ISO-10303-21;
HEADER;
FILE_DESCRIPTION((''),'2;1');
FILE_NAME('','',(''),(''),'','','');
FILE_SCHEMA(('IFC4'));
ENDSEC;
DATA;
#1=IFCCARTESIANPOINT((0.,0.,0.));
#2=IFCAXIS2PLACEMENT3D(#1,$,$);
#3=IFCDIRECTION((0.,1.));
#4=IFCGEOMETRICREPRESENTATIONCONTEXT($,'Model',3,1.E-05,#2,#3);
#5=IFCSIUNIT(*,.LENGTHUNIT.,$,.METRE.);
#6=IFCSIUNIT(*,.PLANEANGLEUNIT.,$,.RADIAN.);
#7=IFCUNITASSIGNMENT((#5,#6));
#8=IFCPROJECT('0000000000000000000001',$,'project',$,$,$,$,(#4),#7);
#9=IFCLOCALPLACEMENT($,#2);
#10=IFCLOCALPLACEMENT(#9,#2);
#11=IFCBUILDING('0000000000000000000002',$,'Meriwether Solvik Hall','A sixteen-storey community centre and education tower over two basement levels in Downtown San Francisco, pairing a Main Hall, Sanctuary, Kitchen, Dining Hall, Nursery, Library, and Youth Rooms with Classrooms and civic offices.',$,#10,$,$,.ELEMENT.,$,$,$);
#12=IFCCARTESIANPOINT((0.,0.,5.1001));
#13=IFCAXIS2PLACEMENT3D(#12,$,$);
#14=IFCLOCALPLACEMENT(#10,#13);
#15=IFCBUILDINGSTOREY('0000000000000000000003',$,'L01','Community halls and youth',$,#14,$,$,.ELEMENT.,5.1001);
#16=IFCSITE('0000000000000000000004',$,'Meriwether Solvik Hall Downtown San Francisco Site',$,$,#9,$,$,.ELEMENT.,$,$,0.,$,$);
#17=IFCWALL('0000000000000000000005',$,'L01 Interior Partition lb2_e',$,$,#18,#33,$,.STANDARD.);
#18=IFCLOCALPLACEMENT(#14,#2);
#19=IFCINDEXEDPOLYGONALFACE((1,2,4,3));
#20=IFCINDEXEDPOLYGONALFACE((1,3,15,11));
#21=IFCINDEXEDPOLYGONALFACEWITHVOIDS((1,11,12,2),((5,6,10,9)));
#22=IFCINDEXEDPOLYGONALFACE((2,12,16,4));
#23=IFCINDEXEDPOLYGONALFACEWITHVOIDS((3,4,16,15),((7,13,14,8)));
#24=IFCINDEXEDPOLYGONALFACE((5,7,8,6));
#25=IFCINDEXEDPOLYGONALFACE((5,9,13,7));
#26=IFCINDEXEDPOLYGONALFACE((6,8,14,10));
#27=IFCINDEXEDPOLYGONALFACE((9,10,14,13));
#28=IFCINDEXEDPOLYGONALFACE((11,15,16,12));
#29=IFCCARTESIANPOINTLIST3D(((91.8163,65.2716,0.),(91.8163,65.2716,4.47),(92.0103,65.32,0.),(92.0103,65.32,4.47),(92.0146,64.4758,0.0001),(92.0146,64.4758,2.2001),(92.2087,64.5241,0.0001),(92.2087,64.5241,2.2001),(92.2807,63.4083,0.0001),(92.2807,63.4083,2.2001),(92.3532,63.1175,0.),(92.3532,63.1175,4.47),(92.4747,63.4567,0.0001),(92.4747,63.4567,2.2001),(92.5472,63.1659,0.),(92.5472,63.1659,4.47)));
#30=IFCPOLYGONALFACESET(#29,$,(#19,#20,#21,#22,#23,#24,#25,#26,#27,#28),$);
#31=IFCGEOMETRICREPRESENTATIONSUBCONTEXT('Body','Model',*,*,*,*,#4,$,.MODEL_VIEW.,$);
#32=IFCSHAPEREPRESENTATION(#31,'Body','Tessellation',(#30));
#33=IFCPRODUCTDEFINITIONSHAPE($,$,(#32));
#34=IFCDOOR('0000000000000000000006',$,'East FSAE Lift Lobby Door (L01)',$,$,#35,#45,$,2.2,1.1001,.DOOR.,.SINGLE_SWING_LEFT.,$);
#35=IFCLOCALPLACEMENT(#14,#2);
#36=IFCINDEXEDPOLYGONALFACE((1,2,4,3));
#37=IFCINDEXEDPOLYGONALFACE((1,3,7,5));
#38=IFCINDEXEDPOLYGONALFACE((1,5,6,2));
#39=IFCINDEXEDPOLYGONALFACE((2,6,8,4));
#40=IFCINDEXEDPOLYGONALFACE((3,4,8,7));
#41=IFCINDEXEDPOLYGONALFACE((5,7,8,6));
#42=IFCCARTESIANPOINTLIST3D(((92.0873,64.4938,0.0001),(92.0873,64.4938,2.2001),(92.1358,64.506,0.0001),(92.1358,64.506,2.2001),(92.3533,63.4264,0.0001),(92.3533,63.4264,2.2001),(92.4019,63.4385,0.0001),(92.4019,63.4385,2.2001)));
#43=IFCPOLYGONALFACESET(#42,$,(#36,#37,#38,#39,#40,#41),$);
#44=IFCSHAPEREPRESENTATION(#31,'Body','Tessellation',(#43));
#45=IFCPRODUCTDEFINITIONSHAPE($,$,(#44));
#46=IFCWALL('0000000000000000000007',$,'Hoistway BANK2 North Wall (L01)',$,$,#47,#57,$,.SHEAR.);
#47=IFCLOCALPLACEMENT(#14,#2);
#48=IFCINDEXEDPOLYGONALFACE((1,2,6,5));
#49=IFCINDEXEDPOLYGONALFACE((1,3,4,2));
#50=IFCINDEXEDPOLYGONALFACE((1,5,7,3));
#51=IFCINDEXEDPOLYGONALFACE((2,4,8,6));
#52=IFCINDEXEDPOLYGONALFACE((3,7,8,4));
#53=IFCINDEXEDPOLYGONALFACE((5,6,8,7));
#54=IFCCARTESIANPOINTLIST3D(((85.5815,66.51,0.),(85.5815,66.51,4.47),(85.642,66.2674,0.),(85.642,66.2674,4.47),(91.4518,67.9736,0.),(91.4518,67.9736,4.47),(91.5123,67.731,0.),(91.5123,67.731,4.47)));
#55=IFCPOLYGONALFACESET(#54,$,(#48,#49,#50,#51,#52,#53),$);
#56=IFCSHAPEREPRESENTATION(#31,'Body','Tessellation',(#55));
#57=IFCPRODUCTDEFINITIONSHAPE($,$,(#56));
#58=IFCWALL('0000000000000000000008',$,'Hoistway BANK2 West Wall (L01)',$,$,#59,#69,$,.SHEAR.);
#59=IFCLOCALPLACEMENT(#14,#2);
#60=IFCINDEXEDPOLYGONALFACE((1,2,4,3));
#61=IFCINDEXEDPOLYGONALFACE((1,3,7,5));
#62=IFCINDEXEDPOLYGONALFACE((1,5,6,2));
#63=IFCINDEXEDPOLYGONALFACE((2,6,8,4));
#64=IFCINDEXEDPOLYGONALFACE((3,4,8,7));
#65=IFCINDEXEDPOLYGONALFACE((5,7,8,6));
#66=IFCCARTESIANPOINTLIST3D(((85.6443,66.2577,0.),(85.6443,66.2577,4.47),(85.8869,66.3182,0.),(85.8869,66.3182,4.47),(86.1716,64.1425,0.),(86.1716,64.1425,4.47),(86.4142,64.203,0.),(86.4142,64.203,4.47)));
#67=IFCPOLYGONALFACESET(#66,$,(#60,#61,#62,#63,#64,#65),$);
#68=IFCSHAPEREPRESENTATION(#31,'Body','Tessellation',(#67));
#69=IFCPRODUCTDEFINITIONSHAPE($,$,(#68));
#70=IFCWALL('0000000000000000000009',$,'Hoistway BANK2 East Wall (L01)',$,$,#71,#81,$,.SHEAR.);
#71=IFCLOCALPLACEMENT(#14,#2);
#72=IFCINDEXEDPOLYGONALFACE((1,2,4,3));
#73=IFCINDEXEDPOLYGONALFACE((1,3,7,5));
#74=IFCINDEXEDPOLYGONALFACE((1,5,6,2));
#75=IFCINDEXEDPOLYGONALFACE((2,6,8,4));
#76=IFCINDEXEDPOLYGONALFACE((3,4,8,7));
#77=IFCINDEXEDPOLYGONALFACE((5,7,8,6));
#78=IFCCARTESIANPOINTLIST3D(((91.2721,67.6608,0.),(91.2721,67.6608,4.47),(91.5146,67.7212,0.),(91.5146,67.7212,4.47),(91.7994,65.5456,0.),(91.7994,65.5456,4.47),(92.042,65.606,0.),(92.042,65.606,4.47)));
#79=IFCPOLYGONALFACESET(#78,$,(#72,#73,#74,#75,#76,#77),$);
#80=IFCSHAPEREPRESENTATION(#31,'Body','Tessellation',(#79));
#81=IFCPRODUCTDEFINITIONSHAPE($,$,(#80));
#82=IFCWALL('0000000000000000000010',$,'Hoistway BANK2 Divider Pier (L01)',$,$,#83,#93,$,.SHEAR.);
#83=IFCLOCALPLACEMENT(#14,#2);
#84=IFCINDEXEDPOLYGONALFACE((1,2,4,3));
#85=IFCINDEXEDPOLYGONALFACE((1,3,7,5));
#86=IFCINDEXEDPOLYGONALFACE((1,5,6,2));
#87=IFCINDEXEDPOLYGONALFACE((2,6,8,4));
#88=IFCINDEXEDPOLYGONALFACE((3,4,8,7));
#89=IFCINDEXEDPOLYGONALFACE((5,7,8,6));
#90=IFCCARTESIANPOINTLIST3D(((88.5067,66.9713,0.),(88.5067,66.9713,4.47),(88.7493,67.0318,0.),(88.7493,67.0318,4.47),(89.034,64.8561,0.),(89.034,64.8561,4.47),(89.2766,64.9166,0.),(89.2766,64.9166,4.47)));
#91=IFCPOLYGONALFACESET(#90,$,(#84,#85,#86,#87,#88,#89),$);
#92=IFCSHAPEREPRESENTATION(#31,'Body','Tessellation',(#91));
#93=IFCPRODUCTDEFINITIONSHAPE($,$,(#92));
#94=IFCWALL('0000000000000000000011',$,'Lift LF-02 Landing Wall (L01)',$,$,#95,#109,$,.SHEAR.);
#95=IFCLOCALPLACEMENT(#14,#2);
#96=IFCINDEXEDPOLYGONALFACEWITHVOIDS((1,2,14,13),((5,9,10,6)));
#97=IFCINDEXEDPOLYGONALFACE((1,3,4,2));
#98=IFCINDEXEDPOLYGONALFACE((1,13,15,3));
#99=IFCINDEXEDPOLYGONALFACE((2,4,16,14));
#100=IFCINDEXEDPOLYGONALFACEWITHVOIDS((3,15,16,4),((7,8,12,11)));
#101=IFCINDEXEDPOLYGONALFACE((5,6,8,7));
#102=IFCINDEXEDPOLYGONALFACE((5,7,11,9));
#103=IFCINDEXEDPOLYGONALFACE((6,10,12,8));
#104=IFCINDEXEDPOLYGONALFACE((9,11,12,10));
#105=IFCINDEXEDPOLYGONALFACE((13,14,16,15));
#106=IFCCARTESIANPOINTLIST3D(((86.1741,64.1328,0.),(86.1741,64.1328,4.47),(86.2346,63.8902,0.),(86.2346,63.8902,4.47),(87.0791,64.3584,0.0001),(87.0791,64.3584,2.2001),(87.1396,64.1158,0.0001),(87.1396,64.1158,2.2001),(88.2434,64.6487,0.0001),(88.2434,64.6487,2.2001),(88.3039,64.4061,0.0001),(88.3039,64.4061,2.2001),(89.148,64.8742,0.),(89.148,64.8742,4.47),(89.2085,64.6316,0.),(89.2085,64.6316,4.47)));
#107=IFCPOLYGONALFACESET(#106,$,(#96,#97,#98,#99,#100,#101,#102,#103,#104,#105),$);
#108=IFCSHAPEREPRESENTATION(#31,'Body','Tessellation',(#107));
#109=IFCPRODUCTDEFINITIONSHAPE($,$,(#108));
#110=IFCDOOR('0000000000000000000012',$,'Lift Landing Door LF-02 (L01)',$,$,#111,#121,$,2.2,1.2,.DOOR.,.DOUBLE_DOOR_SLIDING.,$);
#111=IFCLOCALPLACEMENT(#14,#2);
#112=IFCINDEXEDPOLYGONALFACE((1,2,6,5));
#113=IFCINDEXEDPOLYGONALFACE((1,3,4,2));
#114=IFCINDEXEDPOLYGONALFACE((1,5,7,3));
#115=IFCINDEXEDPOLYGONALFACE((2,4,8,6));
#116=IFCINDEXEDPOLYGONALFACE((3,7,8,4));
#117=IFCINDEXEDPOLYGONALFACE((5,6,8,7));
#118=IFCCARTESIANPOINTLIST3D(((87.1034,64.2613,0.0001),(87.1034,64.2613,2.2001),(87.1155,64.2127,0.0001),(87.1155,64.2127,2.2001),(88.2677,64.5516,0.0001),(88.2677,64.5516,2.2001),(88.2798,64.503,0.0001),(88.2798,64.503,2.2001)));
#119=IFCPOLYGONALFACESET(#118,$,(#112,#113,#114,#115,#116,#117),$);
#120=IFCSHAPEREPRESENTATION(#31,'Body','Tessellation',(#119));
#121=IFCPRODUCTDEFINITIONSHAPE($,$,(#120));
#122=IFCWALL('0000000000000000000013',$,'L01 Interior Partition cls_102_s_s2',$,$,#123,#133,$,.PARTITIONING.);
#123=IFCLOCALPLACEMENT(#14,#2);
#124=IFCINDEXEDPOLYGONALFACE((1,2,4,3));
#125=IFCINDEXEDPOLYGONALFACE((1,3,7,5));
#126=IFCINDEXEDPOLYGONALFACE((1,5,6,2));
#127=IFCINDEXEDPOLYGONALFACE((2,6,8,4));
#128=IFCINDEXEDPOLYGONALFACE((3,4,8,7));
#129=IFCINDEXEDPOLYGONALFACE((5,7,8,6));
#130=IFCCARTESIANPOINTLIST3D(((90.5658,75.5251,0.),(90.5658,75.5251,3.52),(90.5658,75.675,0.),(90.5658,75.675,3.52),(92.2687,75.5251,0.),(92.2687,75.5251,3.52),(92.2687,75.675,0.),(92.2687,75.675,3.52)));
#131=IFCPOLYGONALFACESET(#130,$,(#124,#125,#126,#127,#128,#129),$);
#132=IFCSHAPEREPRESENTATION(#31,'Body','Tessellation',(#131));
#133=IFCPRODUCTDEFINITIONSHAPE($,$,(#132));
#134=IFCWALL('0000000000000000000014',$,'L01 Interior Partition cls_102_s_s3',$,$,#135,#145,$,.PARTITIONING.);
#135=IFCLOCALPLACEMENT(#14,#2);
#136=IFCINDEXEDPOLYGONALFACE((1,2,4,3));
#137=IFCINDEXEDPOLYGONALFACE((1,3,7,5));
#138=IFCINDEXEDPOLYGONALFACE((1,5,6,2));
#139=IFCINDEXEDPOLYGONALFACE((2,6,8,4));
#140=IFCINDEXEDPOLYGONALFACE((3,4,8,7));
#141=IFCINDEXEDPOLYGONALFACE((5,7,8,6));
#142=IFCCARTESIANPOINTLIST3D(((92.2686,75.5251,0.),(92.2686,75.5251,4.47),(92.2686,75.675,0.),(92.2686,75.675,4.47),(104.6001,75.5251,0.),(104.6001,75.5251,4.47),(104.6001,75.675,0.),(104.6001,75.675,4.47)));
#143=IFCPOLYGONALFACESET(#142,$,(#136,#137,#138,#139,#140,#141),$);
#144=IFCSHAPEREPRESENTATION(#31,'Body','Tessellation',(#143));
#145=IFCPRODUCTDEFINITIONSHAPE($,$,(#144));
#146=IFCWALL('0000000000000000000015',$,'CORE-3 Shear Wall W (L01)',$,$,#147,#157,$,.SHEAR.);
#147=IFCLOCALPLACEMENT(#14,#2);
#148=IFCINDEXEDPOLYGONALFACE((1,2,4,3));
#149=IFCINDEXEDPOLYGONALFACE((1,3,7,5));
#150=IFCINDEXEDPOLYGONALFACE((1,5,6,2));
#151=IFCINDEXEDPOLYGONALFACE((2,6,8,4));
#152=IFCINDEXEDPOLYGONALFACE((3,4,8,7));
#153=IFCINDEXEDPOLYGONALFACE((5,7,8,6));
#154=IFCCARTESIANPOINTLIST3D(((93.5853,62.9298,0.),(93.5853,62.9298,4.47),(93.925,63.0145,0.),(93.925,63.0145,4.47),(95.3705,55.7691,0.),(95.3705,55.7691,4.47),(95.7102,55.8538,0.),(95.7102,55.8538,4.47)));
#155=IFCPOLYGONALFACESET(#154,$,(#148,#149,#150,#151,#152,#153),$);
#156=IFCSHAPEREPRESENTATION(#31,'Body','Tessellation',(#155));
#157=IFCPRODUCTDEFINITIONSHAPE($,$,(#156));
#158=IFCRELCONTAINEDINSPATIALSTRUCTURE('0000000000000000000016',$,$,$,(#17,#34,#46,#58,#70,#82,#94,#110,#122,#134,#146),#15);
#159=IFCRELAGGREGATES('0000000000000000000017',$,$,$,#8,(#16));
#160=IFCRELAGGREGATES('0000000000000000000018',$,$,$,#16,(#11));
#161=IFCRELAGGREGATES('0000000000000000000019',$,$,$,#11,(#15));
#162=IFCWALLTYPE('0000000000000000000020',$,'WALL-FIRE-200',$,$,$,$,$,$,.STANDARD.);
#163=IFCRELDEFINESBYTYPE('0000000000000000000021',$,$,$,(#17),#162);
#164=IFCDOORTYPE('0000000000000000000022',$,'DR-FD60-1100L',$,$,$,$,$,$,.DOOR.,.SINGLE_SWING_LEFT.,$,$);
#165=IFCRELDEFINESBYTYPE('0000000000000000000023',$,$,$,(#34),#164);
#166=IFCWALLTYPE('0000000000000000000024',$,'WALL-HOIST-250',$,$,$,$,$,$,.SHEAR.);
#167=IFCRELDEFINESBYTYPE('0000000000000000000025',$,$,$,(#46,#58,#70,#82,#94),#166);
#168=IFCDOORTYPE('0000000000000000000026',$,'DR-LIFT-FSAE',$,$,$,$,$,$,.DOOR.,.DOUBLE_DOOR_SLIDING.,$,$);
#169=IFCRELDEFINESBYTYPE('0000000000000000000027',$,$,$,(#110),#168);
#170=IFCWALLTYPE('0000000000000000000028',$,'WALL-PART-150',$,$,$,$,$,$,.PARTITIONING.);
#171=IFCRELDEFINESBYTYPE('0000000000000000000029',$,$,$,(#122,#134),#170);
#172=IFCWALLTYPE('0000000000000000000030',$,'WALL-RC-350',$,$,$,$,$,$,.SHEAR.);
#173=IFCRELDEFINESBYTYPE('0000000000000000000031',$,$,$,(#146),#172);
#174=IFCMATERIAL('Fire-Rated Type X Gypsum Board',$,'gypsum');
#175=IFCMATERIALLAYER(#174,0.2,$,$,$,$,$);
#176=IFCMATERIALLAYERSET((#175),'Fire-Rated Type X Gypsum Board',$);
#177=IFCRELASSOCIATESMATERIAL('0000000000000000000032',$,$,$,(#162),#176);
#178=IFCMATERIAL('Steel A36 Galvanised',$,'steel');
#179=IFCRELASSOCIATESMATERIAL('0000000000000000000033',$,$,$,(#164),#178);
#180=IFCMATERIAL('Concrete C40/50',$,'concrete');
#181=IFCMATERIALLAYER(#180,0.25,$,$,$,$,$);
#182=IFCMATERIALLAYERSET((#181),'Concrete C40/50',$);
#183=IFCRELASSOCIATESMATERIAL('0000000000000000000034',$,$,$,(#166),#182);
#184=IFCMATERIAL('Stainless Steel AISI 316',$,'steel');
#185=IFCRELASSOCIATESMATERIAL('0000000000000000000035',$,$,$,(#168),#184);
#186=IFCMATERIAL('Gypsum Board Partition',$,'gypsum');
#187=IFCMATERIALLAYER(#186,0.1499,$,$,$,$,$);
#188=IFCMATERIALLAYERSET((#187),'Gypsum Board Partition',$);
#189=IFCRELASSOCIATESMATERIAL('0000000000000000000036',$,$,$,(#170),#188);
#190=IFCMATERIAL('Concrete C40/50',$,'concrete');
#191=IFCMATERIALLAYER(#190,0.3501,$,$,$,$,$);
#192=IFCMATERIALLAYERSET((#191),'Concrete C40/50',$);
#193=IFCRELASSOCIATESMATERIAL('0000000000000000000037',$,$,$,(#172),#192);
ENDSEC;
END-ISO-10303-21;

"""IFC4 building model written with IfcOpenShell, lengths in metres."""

from ifc_helpers import new_model, si_unit, direction, frame, frame_2d, origin, place, context, subcontext, project, spatial, rectangle, extrude, material, layer, layer_set, type_object, element, fill, save


model = new_model("IFC4")

# Units and contexts
model_context = context("Model", 3, precision=1e-05, world=origin(), true_north=direction((0.0, 1.0)))
body_context = subcontext(model_context, "Body", "Model", "MODEL_VIEW")
ifc_project = project(units=[si_unit("LENGTHUNIT", "METRE"), si_unit("PLANEANGLEUNIT", "RADIAN")], contexts=[model_context])

# Site, building, storey
site_placement = place(None, origin())
site = spatial("IfcSite", under=ifc_project, at=site_placement, Name="Meriwether Solvik Hall Downtown San Francisco Site", CompositionType="ELEMENT", RefElevation=0.0)
building_placement = place(site_placement, origin())
building = spatial("IfcBuilding", under=site, at=building_placement, Name="Meriwether Solvik Hall", Description="A sixteen-storey community centre and education tower over two basement levels in Downtown San Francisco, pairing a Main Hall, Sanctuary, Kitchen, Dining Hall, Nursery, Library, and Youth Rooms with Classrooms and civic offices.", CompositionType="ELEMENT")
storey_placement = place(building_placement, frame((0.0, 0.0, 5.1001)))
storey = spatial("IfcBuildingStorey", under=building, at=storey_placement, Name="L01", Description="Community halls and youth", CompositionType="ELEMENT", Elevation=5.1001)

# Shared definitions
ifc_material_1 = material(Name="Fire-Rated Type X Gypsum Board", Category="gypsum")
ifc_layer_1 = layer(ifc_material_1, 0.2)
ifc_layer_set_1 = layer_set([ifc_layer_1], Name="Fire-Rated Type X Gypsum Board")
wall_type_1 = type_object("IfcWallType", Name="WALL-FIRE-200", PredefinedType="STANDARD", material=ifc_layer_set_1)

# Wall, opening, door
wall_1_placement = place(storey_placement, frame((91.9133, 65.2957, 0.0), z_axis=(0.0, 0.0, 1.0), x_axis=(0.241837, -0.970317, 0.0)))
wall_1 = element("IfcWall", 1, at=wall_1_placement, inside=storey, type_object=wall_type_1, Name="L01 Interior Partition lb2_e", PredefinedType="STANDARD", context=body_context, shape_type="SweptSolid", body=[
    extrude(rectangle(XDim=2.22, YDim=0.2, at=frame_2d((1.1099, 0.0))), origin(), (0.0, 0.0, 1.0), 4.47),
])
opening_1_placement = place(wall_1_placement, frame((0.8201, 0.0, 0.0)))
opening_1 = element("IfcOpeningElement", 2, at=opening_1_placement, cuts=wall_1, PredefinedType="OPENING", context=body_context, shape_type="SweptSolid", body=[
    extrude(rectangle(XDim=1.1001, YDim=2.2, at=frame_2d((0.55, 1.1001))), frame((0.0, 0.1118, 0.0), z_axis=(0.0, -1.0, 0.0), x_axis=(1.0, 0.0, 0.0)), (0.0, 0.0, 1.0), 0.2239),
])
ifc_material_2 = material(Name="Steel A36 Galvanised", Category="steel")
door_type_1 = type_object("IfcDoorType", Name="DR-FD60-1100L", OperationType="SINGLE_SWING_LEFT", PredefinedType="DOOR", material=ifc_material_2)
door_1_placement = place(opening_1_placement, origin())
door_1 = element("IfcDoor", 3, at=door_1_placement, inside=storey, type_object=door_type_1, Name="East FSAE Lift Lobby Door (L01)", OperationType="SINGLE_SWING_LEFT", OverallHeight=2.2, OverallWidth=1.1001, PredefinedType="DOOR", context=body_context, shape_type="SweptSolid", body=[
    extrude(rectangle(XDim=1.1001, YDim=2.2, at=frame_2d((0.55, 1.1001))), frame((0.0, 0.0249, 0.0), z_axis=(0.0, -1.0, 0.0), x_axis=(1.0, 0.0, 0.0)), (0.0, 0.0, 1.0), 0.05),
])
fill(opening_1, door_1)

# Walls
ifc_material_3 = material(Name="Concrete C40/50", Category="concrete")
ifc_layer_2 = layer(ifc_material_3, 0.25)
ifc_layer_set_2 = layer_set([ifc_layer_2], Name="Concrete C40/50")
wall_type_2 = type_object("IfcWallType", Name="WALL-HOIST-250", PredefinedType="SHEAR", material=ifc_layer_set_2)
wall_2_placement = place(storey_placement, frame((91.4819, 67.8523, 0.0), z_axis=(0.0, 0.0, 1.0), x_axis=(-0.970297, -0.241918, 0.0)))
element("IfcWall", 4, at=wall_2_placement, inside=storey, type_object=wall_type_2, Name="Hoistway BANK2 North Wall (L01)", PredefinedType="SHEAR", context=body_context, shape_type="SweptSolid", body=[
    extrude(rectangle(XDim=6.05, YDim=0.25, at=frame_2d((3.0249, 0.0))), origin(), (0.0, 0.0, 1.0), 4.47),
])
for number, where, z_axis, x_axis, name in (
    (5, (85.7656, 66.2878, 0.0), (0.0, 0.0, 1.0), (0.241903, -0.9703, 0.0), "Hoistway BANK2 West Wall (L01)"),
    (6, (91.9207, 65.5759, 0.0), (0.0, 0.0, 1.0), (-0.241903, 0.9703, 0.0), "Hoistway BANK2 East Wall (L01)"),
    (7, (89.1553, 64.8865, 0.0), (0.0, 0.0, 1.0), (-0.241903, 0.9703, 0.0), "Hoistway BANK2 Divider Pier (L01)"),
):
    element("IfcWall", number, at=place(storey_placement, frame(where, z_axis=z_axis, x_axis=x_axis)), inside=storey, type_object=wall_type_2, Name=name, PredefinedType="SHEAR", context=body_context, shape_type="SweptSolid", body=[
        extrude(rectangle(XDim=2.1799, YDim=0.25, at=frame_2d((1.0898, 0.0))), origin(), (0.0, 0.0, 1.0), 4.47),
    ])

# Wall, opening, door
wall_3_placement = place(storey_placement, frame((86.2043, 64.0115, 0.0), z_axis=(0.0, 0.0, 1.0), x_axis=(0.970297, 0.241917, 0.0)))
wall_3 = element("IfcWall", 8, at=wall_3_placement, inside=storey, type_object=wall_type_2, Name="Lift LF-02 Landing Wall (L01)", PredefinedType="SHEAR", context=body_context, shape_type="SweptSolid", body=[
    extrude(rectangle(XDim=3.0649, YDim=0.25, at=frame_2d((1.5325, 0.0))), origin(), (0.0, 0.0, 1.0), 4.47),
])
opening_2_placement = place(wall_3_placement, frame((0.9326, 0.0, 0.0)))
opening_2 = element("IfcOpeningElement", 9, at=opening_2_placement, cuts=wall_3, PredefinedType="OPENING", context=body_context, shape_type="SweptSolid", body=[
    extrude(rectangle(XDim=1.2, YDim=2.2, at=frame_2d((0.6001, 1.1001))), frame((0.0, 0.137, 0.0), z_axis=(0.0, -1.0, 0.0), x_axis=(1.0, 0.0, 0.0)), (0.0, 0.0, 1.0), 0.2739),
])
ifc_material_4 = material(Name="Stainless Steel AISI 316", Category="steel")
door_type_2 = type_object("IfcDoorType", Name="DR-LIFT-FSAE", OperationType="DOUBLE_DOOR_SLIDING", PredefinedType="DOOR", material=ifc_material_4)
door_2_placement = place(opening_2_placement, origin())
door_2 = element("IfcDoor", 10, at=door_2_placement, inside=storey, type_object=door_type_2, Name="Lift Landing Door LF-02 (L01)", OperationType="DOUBLE_DOOR_SLIDING", OverallHeight=2.2, OverallWidth=1.2, PredefinedType="DOOR", context=body_context, shape_type="SweptSolid", body=[
    extrude(rectangle(XDim=1.2, YDim=2.2, at=frame_2d((0.6001, 1.1001))), frame((0.0, 0.0249, 0.0), z_axis=(0.0, -1.0, 0.0), x_axis=(1.0, 0.0, 0.0)), (0.0, 0.0, 1.0), 0.05),
])
fill(opening_2, door_2)

# Walls
ifc_material_5 = material(Name="Gypsum Board Partition", Category="gypsum")
ifc_layer_3 = layer(ifc_material_5, 0.1499)
ifc_layer_set_3 = layer_set([ifc_layer_3], Name="Gypsum Board Partition")
wall_type_3 = type_object("IfcWallType", Name="WALL-PART-150", PredefinedType="PARTITIONING", material=ifc_layer_set_3)
wall_4_placement = place(storey_placement, frame((90.5657, 75.6001, 0.0), z_axis=(0.0, 0.0, 1.0), x_axis=(1.0, 0.0, 0.0)))
element("IfcWall", 11, at=wall_4_placement, inside=storey, type_object=wall_type_3, Name="L01 Interior Partition cls_102_s_s2", PredefinedType="PARTITIONING", context=body_context, shape_type="SweptSolid", body=[
    extrude(rectangle(XDim=1.7029, YDim=0.1499, at=frame_2d((0.8516, 0.0))), origin(), (0.0, 0.0, 1.0), 3.52),
])
wall_5_placement = place(storey_placement, frame((92.2686, 75.6001, 0.0), z_axis=(0.0, 0.0, 1.0), x_axis=(1.0, 0.0, 0.0)))
element("IfcWall", 12, at=wall_5_placement, inside=storey, type_object=wall_type_3, Name="L01 Interior Partition cls_102_s_s3", PredefinedType="PARTITIONING", context=body_context, shape_type="SweptSolid", body=[
    extrude(rectangle(XDim=12.3315, YDim=0.1499, at=frame_2d((6.1658, 0.0))), origin(), (0.0, 0.0, 1.0), 4.47),
])
ifc_material_6 = material(Name="Concrete C40/50", Category="concrete")
ifc_layer_4 = layer(ifc_material_6, 0.3501)
ifc_layer_set_4 = layer_set([ifc_layer_4], Name="Concrete C40/50")
wall_type_4 = type_object("IfcWallType", Name="WALL-RC-350", PredefinedType="SHEAR", material=ifc_layer_set_4)
wall_6_placement = place(storey_placement, frame((93.7551, 62.9722, 0.0), z_axis=(0.0, 0.0, 1.0), x_axis=(0.241897, -0.970302, 0.0)))
element("IfcWall", 13, at=wall_6_placement, inside=storey, type_object=wall_type_4, Name="CORE-3 Shear Wall W (L01)", PredefinedType="SHEAR", context=body_context, shape_type="SweptSolid", body=[
    extrude(rectangle(XDim=7.3799, YDim=0.3501, at=frame_2d((3.6899, 0.0))), origin(), (0.0, 0.0, 1.0), 4.47),
])

save(model, "model.ifc")
